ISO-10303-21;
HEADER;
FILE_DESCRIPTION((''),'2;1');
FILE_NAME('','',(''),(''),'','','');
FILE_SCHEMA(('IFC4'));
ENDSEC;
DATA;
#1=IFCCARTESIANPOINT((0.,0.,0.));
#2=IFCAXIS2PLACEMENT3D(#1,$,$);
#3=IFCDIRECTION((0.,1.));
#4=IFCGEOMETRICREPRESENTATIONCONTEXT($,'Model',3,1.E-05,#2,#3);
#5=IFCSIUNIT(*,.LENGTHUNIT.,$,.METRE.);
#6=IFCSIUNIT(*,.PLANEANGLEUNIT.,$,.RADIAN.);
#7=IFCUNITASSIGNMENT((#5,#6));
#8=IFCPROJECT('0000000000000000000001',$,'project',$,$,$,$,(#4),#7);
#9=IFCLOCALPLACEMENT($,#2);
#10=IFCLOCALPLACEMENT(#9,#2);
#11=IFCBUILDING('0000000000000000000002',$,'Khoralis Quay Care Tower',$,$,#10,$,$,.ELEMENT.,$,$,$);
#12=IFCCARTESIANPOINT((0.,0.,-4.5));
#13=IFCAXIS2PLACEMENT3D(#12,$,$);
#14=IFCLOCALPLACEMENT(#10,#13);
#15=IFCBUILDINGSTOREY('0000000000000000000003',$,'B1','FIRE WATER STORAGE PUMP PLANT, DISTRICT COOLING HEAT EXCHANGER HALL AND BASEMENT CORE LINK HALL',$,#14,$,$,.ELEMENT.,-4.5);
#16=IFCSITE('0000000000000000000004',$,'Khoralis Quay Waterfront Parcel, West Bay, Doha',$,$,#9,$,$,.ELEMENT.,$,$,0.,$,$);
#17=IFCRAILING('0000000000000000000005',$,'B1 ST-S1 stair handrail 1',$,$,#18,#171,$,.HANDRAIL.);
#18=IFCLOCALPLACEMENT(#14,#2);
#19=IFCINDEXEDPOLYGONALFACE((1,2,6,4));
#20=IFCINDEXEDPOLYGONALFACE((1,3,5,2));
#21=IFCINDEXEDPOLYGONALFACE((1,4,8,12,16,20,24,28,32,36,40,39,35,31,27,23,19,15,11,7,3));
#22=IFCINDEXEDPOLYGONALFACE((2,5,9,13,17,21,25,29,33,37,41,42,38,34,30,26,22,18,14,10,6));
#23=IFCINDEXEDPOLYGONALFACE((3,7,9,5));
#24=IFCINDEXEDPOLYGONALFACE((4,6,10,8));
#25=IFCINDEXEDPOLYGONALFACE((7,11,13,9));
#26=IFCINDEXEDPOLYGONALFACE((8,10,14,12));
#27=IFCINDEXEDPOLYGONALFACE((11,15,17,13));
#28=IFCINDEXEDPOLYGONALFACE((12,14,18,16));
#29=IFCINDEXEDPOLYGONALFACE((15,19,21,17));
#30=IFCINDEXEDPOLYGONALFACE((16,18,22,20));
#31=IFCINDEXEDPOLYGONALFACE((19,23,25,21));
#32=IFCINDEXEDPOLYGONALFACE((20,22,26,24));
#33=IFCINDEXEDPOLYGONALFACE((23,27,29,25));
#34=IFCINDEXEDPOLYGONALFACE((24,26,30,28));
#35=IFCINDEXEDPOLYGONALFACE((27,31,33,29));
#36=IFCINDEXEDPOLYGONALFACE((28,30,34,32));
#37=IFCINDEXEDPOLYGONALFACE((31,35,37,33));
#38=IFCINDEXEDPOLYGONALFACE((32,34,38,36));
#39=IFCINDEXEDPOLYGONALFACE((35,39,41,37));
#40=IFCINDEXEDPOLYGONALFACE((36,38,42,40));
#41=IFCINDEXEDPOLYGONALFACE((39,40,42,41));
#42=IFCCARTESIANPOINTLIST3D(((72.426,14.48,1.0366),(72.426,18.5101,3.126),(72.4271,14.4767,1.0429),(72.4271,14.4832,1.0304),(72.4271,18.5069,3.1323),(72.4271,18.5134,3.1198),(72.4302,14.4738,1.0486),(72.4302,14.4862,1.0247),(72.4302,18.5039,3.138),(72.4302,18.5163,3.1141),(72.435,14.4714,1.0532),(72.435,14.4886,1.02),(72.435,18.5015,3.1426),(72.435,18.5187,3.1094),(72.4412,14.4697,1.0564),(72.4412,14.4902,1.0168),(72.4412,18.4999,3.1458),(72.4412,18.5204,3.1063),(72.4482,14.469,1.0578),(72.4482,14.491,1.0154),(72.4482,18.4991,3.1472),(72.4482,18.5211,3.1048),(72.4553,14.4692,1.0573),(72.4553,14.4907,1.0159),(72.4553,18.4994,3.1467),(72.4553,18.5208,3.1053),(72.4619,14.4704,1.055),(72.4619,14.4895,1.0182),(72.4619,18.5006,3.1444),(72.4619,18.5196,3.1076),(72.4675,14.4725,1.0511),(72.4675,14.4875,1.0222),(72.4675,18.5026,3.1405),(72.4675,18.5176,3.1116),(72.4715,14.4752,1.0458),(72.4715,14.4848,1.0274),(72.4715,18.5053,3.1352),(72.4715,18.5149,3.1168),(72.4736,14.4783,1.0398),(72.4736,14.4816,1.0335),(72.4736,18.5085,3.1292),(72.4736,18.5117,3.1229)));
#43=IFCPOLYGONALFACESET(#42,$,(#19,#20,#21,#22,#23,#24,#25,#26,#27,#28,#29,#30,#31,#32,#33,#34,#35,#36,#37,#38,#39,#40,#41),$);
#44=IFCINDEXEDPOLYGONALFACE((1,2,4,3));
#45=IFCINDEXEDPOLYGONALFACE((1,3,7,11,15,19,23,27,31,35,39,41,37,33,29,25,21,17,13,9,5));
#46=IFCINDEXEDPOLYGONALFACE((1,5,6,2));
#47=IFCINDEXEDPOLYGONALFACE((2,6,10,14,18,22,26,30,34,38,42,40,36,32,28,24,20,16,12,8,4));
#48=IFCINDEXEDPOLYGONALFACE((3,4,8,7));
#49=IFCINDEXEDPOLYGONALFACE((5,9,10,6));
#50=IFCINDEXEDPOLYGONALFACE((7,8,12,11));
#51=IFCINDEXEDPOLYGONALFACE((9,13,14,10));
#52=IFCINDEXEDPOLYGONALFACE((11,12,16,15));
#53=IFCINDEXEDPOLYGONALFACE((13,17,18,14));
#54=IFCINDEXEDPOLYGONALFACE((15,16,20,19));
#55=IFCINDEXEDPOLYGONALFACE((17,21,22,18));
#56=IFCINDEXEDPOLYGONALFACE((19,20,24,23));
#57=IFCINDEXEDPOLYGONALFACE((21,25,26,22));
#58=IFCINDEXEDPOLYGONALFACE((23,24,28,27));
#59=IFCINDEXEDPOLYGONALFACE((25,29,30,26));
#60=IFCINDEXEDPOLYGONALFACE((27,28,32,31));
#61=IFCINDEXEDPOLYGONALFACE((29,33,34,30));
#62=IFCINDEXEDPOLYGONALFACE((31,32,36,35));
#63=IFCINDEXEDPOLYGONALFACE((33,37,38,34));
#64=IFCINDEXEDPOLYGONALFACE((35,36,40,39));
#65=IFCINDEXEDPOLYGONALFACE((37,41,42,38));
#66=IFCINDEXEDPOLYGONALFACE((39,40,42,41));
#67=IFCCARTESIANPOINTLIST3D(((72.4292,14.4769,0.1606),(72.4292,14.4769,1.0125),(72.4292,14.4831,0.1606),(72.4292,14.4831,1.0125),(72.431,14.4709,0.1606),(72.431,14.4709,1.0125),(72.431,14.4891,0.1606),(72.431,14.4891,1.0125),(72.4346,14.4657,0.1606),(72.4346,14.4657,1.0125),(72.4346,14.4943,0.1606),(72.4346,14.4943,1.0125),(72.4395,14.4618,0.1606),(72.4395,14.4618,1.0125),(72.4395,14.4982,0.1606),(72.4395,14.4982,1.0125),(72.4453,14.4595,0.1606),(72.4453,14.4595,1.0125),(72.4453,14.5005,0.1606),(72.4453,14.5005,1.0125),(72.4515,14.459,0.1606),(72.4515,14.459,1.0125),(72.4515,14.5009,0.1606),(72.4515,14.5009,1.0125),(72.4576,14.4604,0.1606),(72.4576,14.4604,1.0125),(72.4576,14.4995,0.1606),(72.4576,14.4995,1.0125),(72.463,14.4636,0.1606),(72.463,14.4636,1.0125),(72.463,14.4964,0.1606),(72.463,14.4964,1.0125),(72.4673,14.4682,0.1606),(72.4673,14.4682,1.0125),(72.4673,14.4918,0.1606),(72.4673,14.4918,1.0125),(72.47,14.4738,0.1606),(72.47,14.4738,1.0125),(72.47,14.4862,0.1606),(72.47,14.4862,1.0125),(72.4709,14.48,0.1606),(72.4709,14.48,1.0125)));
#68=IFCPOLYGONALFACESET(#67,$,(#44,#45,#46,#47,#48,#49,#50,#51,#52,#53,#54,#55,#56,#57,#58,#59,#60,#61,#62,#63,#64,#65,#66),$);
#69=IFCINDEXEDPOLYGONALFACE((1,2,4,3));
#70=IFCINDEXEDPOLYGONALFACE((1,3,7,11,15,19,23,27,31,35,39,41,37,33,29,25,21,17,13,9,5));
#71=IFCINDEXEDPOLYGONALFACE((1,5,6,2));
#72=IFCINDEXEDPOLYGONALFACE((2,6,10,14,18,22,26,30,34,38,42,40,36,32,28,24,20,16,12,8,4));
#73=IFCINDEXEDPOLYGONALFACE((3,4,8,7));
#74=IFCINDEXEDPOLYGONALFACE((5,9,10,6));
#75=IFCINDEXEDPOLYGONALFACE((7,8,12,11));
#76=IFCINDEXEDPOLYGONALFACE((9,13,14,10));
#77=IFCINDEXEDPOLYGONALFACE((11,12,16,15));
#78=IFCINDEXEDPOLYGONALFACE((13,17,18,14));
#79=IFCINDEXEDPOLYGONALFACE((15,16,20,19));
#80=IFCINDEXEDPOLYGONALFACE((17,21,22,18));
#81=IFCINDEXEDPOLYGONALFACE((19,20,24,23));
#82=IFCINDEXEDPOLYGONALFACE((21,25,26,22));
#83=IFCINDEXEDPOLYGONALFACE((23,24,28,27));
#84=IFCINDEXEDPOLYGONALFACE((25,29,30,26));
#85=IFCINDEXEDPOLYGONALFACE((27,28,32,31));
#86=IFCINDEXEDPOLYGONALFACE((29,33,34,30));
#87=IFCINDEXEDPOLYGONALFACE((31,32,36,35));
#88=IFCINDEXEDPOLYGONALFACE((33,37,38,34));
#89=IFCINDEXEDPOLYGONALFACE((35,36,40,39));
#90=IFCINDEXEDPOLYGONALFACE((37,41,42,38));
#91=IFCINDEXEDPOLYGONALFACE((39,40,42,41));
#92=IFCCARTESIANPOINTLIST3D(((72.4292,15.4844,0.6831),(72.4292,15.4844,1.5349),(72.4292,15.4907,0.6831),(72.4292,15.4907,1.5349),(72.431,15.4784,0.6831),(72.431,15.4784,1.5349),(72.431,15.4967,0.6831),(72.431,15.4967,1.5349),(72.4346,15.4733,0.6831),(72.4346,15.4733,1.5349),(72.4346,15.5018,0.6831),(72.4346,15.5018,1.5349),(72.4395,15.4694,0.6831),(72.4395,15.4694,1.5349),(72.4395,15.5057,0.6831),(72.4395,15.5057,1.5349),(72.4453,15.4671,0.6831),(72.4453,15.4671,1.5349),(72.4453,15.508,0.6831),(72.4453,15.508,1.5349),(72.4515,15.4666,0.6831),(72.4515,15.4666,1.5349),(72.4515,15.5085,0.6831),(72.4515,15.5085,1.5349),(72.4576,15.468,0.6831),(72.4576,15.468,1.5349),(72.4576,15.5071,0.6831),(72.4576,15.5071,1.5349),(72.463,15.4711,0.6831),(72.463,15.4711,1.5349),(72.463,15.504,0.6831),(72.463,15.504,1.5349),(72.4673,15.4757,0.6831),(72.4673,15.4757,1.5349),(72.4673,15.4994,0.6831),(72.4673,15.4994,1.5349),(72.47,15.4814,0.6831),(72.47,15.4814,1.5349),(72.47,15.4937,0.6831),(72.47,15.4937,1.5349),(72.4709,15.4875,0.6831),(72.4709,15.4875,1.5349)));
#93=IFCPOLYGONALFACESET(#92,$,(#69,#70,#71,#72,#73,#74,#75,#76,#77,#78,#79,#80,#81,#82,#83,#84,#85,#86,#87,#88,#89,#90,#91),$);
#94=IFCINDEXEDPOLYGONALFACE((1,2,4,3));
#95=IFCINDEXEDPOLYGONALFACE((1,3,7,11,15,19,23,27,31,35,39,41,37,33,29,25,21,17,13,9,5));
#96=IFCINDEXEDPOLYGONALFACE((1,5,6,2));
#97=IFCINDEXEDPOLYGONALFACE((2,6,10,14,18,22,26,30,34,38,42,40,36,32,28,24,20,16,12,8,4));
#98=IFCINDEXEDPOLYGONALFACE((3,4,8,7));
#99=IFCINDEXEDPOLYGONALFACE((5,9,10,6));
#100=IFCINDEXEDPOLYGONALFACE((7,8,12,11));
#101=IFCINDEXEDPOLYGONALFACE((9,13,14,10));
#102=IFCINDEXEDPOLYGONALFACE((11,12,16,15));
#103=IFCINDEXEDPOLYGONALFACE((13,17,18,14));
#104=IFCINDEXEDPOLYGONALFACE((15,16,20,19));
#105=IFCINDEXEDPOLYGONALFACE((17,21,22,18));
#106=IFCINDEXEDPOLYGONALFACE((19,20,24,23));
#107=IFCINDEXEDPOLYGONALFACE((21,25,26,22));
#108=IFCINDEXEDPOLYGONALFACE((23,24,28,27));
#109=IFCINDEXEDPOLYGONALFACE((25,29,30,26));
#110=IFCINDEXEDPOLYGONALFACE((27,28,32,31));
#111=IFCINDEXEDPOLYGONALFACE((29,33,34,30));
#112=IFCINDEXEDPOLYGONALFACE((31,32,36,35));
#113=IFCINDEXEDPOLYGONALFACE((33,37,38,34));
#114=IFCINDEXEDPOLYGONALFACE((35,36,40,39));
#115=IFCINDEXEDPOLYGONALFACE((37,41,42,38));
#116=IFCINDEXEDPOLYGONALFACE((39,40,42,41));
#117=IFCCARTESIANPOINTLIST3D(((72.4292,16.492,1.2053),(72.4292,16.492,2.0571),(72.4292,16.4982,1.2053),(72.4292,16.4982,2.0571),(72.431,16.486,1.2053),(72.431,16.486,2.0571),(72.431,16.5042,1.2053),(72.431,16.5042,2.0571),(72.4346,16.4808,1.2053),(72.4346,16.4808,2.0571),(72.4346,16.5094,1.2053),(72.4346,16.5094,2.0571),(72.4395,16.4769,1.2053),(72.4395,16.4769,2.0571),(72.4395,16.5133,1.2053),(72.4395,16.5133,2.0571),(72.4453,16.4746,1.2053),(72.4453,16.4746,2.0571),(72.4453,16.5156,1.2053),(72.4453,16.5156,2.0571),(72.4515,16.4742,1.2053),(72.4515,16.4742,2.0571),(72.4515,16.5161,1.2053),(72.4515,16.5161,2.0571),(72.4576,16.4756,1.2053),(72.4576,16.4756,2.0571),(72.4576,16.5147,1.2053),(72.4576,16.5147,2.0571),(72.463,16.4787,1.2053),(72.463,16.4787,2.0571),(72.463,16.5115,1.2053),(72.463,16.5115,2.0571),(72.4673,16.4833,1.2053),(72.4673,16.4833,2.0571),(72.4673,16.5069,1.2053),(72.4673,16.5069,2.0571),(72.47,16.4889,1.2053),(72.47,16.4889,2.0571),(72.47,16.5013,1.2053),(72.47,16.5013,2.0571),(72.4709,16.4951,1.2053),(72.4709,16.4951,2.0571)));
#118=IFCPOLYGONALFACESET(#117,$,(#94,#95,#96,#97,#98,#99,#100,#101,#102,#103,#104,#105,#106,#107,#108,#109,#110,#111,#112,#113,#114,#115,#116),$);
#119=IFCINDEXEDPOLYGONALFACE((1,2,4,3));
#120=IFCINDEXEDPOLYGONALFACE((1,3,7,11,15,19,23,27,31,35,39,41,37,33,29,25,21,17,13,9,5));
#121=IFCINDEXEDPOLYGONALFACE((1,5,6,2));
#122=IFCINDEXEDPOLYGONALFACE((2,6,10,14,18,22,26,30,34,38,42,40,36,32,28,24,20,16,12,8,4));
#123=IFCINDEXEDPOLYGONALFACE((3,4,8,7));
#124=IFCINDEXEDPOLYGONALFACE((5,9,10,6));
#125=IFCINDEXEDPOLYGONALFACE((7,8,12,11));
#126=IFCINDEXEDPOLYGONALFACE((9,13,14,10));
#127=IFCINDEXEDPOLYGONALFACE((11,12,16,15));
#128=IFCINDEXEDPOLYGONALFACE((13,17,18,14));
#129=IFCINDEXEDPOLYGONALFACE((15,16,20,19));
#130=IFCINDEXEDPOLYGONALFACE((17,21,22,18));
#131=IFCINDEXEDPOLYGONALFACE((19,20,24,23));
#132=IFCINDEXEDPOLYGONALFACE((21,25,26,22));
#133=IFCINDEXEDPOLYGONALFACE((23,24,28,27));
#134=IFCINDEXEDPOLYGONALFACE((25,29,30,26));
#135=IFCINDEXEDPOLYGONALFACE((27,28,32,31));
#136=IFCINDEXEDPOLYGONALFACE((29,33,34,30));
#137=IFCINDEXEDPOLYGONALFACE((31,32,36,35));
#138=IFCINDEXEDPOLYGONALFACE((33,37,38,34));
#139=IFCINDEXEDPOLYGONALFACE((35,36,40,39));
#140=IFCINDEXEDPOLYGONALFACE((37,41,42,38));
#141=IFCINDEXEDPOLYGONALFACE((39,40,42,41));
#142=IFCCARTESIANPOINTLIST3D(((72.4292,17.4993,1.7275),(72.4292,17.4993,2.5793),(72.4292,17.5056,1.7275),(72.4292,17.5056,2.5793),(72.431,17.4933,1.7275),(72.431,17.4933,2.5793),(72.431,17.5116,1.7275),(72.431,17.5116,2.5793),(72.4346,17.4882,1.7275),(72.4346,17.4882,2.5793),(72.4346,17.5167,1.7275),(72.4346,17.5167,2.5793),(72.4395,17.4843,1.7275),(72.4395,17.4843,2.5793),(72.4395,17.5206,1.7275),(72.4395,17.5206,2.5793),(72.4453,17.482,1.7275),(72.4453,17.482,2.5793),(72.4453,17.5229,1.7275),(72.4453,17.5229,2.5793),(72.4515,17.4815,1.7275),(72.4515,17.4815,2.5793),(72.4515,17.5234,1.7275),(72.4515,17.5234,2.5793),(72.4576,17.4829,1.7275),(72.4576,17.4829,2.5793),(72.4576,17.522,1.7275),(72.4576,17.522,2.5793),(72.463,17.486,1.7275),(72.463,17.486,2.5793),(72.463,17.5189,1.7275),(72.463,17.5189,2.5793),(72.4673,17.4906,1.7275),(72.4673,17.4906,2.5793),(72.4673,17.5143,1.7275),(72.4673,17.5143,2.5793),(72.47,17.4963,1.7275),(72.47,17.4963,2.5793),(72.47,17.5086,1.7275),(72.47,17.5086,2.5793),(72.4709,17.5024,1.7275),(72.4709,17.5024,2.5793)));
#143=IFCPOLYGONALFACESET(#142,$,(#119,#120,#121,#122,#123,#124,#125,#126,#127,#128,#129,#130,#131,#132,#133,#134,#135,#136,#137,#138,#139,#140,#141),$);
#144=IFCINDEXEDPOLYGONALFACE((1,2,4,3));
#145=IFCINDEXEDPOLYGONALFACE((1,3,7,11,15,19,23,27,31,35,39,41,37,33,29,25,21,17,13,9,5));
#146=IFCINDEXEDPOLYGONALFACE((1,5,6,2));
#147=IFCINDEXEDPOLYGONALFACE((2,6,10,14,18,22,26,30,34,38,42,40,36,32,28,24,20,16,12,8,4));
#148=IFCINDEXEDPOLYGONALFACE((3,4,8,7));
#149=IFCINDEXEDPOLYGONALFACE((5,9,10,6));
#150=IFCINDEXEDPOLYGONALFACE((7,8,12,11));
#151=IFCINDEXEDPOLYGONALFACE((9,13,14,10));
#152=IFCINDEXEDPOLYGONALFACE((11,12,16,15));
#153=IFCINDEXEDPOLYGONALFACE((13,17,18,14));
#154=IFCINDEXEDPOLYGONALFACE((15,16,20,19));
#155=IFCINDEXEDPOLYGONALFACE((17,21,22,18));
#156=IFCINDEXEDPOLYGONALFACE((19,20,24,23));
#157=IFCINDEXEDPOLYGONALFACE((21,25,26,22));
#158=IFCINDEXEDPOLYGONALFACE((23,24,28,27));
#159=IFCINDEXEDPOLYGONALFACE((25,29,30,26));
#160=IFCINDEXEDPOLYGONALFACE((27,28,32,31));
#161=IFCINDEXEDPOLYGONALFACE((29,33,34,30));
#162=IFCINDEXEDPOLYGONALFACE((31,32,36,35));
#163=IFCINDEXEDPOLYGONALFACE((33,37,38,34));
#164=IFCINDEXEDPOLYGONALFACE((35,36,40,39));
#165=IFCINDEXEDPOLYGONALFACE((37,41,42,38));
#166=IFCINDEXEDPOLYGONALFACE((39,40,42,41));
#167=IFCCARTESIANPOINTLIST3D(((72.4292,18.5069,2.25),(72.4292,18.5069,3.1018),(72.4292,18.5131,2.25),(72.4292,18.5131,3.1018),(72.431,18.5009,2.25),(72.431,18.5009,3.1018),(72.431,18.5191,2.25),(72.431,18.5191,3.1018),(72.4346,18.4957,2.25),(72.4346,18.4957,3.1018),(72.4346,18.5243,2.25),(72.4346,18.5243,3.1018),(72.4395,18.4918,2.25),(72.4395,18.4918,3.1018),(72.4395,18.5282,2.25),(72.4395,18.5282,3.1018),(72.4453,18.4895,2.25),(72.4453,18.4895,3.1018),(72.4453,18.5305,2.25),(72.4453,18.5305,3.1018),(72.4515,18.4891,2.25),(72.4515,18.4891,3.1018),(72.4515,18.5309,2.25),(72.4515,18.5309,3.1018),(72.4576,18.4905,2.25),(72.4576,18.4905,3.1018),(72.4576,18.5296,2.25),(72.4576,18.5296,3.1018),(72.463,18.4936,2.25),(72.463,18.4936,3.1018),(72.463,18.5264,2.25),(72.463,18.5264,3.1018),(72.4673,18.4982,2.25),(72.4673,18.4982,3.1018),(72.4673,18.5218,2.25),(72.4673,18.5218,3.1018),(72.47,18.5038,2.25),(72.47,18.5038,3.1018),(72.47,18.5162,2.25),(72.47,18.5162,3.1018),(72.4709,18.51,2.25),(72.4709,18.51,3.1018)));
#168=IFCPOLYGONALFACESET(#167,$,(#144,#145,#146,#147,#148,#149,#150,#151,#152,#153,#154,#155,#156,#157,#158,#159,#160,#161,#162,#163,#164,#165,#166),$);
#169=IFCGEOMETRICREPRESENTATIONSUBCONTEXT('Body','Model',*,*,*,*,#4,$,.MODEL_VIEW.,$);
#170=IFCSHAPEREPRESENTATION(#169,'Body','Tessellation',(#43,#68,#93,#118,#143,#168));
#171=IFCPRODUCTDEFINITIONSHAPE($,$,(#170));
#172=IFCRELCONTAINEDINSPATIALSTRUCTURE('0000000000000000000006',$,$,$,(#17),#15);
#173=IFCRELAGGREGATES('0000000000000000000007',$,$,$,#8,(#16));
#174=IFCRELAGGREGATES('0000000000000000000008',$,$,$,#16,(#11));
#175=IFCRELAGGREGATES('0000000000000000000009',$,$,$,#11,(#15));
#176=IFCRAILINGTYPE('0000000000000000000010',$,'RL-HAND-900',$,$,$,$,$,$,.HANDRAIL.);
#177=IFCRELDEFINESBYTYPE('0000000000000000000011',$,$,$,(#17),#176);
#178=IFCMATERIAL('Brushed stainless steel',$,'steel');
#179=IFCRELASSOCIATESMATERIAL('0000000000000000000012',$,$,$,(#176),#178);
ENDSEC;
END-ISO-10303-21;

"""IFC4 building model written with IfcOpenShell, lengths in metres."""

from ifc_helpers import new_model, si_unit, direction, frame, origin, origin_2d, place, context, subcontext, project, spatial, circle, extrude, material, type_object, element, save


model = new_model("IFC4")

# Units and contexts
model_context = context("Model", 3, precision=1e-05, world=origin(), true_north=direction((0.0, 1.0)))
body_context = subcontext(model_context, "Body", "Model", "MODEL_VIEW")
ifc_project = project(units=[si_unit("LENGTHUNIT", "METRE"), si_unit("PLANEANGLEUNIT", "RADIAN")], contexts=[model_context])

# Site, building, storey
site_placement = place(None, origin())
site = spatial("IfcSite", under=ifc_project, at=site_placement, Name="Khoralis Quay Waterfront Parcel, West Bay, Doha", CompositionType="ELEMENT", RefElevation=0.0)
building_placement = place(site_placement, origin())
building = spatial("IfcBuilding", under=site, at=building_placement, Name="Khoralis Quay Care Tower", CompositionType="ELEMENT")
storey_placement = place(building_placement, frame((0.0, 0.0, -4.5)))
storey = spatial("IfcBuildingStorey", under=building, at=storey_placement, Name="B1", Description="FIRE WATER STORAGE PUMP PLANT, DISTRICT COOLING HEAT EXCHANGER HALL AND BASEMENT CORE LINK HALL", CompositionType="ELEMENT", Elevation=-4.5)

# Railing
ifc_material_1 = material(Name="Brushed stainless steel", Category="steel")
railing_type_1 = type_object("IfcRailingType", Name="RL-HAND-900", PredefinedType="HANDRAIL", material=ifc_material_1)
railing_1_placement = place(storey_placement, frame((72.45, 14.48, 0.1606)))
element("IfcRailing", 1, at=railing_1_placement, inside=storey, type_object=railing_type_1, Name="B1 ST-S1 stair handrail 1", PredefinedType="HANDRAIL", context=body_context, shape_type="SweptSolid", body=[
    extrude(circle(Radius=0.0239, at=origin_2d()), frame((0.0, 0.0, 0.876), z_axis=(0.0, 0.887781, 0.460267), x_axis=(-1.0, 0.0, 0.0)), (0.0, 0.0, 1.0), 4.5396),
    extrude(circle(Radius=0.021, at=origin_2d()), origin(), (0.0, 0.0, 1.0), 0.8518),
    extrude(circle(Radius=0.021, at=origin_2d()), frame((0.0, 1.0076, 0.5225)), (0.0, 0.0, 1.0), 0.8518),
    extrude(circle(Radius=0.021, at=origin_2d()), frame((0.0, 2.0151, 1.0447)), (0.0, 0.0, 1.0), 0.8518),
    extrude(circle(Radius=0.021, at=origin_2d()), frame((0.0, 3.0225, 1.5669)), (0.0, 0.0, 1.0), 0.8518),
    extrude(circle(Radius=0.021, at=origin_2d()), frame((0.0, 4.03, 2.0894)), (0.0, 0.0, 1.0), 0.8518),
])

save(model, "model.ifc")
